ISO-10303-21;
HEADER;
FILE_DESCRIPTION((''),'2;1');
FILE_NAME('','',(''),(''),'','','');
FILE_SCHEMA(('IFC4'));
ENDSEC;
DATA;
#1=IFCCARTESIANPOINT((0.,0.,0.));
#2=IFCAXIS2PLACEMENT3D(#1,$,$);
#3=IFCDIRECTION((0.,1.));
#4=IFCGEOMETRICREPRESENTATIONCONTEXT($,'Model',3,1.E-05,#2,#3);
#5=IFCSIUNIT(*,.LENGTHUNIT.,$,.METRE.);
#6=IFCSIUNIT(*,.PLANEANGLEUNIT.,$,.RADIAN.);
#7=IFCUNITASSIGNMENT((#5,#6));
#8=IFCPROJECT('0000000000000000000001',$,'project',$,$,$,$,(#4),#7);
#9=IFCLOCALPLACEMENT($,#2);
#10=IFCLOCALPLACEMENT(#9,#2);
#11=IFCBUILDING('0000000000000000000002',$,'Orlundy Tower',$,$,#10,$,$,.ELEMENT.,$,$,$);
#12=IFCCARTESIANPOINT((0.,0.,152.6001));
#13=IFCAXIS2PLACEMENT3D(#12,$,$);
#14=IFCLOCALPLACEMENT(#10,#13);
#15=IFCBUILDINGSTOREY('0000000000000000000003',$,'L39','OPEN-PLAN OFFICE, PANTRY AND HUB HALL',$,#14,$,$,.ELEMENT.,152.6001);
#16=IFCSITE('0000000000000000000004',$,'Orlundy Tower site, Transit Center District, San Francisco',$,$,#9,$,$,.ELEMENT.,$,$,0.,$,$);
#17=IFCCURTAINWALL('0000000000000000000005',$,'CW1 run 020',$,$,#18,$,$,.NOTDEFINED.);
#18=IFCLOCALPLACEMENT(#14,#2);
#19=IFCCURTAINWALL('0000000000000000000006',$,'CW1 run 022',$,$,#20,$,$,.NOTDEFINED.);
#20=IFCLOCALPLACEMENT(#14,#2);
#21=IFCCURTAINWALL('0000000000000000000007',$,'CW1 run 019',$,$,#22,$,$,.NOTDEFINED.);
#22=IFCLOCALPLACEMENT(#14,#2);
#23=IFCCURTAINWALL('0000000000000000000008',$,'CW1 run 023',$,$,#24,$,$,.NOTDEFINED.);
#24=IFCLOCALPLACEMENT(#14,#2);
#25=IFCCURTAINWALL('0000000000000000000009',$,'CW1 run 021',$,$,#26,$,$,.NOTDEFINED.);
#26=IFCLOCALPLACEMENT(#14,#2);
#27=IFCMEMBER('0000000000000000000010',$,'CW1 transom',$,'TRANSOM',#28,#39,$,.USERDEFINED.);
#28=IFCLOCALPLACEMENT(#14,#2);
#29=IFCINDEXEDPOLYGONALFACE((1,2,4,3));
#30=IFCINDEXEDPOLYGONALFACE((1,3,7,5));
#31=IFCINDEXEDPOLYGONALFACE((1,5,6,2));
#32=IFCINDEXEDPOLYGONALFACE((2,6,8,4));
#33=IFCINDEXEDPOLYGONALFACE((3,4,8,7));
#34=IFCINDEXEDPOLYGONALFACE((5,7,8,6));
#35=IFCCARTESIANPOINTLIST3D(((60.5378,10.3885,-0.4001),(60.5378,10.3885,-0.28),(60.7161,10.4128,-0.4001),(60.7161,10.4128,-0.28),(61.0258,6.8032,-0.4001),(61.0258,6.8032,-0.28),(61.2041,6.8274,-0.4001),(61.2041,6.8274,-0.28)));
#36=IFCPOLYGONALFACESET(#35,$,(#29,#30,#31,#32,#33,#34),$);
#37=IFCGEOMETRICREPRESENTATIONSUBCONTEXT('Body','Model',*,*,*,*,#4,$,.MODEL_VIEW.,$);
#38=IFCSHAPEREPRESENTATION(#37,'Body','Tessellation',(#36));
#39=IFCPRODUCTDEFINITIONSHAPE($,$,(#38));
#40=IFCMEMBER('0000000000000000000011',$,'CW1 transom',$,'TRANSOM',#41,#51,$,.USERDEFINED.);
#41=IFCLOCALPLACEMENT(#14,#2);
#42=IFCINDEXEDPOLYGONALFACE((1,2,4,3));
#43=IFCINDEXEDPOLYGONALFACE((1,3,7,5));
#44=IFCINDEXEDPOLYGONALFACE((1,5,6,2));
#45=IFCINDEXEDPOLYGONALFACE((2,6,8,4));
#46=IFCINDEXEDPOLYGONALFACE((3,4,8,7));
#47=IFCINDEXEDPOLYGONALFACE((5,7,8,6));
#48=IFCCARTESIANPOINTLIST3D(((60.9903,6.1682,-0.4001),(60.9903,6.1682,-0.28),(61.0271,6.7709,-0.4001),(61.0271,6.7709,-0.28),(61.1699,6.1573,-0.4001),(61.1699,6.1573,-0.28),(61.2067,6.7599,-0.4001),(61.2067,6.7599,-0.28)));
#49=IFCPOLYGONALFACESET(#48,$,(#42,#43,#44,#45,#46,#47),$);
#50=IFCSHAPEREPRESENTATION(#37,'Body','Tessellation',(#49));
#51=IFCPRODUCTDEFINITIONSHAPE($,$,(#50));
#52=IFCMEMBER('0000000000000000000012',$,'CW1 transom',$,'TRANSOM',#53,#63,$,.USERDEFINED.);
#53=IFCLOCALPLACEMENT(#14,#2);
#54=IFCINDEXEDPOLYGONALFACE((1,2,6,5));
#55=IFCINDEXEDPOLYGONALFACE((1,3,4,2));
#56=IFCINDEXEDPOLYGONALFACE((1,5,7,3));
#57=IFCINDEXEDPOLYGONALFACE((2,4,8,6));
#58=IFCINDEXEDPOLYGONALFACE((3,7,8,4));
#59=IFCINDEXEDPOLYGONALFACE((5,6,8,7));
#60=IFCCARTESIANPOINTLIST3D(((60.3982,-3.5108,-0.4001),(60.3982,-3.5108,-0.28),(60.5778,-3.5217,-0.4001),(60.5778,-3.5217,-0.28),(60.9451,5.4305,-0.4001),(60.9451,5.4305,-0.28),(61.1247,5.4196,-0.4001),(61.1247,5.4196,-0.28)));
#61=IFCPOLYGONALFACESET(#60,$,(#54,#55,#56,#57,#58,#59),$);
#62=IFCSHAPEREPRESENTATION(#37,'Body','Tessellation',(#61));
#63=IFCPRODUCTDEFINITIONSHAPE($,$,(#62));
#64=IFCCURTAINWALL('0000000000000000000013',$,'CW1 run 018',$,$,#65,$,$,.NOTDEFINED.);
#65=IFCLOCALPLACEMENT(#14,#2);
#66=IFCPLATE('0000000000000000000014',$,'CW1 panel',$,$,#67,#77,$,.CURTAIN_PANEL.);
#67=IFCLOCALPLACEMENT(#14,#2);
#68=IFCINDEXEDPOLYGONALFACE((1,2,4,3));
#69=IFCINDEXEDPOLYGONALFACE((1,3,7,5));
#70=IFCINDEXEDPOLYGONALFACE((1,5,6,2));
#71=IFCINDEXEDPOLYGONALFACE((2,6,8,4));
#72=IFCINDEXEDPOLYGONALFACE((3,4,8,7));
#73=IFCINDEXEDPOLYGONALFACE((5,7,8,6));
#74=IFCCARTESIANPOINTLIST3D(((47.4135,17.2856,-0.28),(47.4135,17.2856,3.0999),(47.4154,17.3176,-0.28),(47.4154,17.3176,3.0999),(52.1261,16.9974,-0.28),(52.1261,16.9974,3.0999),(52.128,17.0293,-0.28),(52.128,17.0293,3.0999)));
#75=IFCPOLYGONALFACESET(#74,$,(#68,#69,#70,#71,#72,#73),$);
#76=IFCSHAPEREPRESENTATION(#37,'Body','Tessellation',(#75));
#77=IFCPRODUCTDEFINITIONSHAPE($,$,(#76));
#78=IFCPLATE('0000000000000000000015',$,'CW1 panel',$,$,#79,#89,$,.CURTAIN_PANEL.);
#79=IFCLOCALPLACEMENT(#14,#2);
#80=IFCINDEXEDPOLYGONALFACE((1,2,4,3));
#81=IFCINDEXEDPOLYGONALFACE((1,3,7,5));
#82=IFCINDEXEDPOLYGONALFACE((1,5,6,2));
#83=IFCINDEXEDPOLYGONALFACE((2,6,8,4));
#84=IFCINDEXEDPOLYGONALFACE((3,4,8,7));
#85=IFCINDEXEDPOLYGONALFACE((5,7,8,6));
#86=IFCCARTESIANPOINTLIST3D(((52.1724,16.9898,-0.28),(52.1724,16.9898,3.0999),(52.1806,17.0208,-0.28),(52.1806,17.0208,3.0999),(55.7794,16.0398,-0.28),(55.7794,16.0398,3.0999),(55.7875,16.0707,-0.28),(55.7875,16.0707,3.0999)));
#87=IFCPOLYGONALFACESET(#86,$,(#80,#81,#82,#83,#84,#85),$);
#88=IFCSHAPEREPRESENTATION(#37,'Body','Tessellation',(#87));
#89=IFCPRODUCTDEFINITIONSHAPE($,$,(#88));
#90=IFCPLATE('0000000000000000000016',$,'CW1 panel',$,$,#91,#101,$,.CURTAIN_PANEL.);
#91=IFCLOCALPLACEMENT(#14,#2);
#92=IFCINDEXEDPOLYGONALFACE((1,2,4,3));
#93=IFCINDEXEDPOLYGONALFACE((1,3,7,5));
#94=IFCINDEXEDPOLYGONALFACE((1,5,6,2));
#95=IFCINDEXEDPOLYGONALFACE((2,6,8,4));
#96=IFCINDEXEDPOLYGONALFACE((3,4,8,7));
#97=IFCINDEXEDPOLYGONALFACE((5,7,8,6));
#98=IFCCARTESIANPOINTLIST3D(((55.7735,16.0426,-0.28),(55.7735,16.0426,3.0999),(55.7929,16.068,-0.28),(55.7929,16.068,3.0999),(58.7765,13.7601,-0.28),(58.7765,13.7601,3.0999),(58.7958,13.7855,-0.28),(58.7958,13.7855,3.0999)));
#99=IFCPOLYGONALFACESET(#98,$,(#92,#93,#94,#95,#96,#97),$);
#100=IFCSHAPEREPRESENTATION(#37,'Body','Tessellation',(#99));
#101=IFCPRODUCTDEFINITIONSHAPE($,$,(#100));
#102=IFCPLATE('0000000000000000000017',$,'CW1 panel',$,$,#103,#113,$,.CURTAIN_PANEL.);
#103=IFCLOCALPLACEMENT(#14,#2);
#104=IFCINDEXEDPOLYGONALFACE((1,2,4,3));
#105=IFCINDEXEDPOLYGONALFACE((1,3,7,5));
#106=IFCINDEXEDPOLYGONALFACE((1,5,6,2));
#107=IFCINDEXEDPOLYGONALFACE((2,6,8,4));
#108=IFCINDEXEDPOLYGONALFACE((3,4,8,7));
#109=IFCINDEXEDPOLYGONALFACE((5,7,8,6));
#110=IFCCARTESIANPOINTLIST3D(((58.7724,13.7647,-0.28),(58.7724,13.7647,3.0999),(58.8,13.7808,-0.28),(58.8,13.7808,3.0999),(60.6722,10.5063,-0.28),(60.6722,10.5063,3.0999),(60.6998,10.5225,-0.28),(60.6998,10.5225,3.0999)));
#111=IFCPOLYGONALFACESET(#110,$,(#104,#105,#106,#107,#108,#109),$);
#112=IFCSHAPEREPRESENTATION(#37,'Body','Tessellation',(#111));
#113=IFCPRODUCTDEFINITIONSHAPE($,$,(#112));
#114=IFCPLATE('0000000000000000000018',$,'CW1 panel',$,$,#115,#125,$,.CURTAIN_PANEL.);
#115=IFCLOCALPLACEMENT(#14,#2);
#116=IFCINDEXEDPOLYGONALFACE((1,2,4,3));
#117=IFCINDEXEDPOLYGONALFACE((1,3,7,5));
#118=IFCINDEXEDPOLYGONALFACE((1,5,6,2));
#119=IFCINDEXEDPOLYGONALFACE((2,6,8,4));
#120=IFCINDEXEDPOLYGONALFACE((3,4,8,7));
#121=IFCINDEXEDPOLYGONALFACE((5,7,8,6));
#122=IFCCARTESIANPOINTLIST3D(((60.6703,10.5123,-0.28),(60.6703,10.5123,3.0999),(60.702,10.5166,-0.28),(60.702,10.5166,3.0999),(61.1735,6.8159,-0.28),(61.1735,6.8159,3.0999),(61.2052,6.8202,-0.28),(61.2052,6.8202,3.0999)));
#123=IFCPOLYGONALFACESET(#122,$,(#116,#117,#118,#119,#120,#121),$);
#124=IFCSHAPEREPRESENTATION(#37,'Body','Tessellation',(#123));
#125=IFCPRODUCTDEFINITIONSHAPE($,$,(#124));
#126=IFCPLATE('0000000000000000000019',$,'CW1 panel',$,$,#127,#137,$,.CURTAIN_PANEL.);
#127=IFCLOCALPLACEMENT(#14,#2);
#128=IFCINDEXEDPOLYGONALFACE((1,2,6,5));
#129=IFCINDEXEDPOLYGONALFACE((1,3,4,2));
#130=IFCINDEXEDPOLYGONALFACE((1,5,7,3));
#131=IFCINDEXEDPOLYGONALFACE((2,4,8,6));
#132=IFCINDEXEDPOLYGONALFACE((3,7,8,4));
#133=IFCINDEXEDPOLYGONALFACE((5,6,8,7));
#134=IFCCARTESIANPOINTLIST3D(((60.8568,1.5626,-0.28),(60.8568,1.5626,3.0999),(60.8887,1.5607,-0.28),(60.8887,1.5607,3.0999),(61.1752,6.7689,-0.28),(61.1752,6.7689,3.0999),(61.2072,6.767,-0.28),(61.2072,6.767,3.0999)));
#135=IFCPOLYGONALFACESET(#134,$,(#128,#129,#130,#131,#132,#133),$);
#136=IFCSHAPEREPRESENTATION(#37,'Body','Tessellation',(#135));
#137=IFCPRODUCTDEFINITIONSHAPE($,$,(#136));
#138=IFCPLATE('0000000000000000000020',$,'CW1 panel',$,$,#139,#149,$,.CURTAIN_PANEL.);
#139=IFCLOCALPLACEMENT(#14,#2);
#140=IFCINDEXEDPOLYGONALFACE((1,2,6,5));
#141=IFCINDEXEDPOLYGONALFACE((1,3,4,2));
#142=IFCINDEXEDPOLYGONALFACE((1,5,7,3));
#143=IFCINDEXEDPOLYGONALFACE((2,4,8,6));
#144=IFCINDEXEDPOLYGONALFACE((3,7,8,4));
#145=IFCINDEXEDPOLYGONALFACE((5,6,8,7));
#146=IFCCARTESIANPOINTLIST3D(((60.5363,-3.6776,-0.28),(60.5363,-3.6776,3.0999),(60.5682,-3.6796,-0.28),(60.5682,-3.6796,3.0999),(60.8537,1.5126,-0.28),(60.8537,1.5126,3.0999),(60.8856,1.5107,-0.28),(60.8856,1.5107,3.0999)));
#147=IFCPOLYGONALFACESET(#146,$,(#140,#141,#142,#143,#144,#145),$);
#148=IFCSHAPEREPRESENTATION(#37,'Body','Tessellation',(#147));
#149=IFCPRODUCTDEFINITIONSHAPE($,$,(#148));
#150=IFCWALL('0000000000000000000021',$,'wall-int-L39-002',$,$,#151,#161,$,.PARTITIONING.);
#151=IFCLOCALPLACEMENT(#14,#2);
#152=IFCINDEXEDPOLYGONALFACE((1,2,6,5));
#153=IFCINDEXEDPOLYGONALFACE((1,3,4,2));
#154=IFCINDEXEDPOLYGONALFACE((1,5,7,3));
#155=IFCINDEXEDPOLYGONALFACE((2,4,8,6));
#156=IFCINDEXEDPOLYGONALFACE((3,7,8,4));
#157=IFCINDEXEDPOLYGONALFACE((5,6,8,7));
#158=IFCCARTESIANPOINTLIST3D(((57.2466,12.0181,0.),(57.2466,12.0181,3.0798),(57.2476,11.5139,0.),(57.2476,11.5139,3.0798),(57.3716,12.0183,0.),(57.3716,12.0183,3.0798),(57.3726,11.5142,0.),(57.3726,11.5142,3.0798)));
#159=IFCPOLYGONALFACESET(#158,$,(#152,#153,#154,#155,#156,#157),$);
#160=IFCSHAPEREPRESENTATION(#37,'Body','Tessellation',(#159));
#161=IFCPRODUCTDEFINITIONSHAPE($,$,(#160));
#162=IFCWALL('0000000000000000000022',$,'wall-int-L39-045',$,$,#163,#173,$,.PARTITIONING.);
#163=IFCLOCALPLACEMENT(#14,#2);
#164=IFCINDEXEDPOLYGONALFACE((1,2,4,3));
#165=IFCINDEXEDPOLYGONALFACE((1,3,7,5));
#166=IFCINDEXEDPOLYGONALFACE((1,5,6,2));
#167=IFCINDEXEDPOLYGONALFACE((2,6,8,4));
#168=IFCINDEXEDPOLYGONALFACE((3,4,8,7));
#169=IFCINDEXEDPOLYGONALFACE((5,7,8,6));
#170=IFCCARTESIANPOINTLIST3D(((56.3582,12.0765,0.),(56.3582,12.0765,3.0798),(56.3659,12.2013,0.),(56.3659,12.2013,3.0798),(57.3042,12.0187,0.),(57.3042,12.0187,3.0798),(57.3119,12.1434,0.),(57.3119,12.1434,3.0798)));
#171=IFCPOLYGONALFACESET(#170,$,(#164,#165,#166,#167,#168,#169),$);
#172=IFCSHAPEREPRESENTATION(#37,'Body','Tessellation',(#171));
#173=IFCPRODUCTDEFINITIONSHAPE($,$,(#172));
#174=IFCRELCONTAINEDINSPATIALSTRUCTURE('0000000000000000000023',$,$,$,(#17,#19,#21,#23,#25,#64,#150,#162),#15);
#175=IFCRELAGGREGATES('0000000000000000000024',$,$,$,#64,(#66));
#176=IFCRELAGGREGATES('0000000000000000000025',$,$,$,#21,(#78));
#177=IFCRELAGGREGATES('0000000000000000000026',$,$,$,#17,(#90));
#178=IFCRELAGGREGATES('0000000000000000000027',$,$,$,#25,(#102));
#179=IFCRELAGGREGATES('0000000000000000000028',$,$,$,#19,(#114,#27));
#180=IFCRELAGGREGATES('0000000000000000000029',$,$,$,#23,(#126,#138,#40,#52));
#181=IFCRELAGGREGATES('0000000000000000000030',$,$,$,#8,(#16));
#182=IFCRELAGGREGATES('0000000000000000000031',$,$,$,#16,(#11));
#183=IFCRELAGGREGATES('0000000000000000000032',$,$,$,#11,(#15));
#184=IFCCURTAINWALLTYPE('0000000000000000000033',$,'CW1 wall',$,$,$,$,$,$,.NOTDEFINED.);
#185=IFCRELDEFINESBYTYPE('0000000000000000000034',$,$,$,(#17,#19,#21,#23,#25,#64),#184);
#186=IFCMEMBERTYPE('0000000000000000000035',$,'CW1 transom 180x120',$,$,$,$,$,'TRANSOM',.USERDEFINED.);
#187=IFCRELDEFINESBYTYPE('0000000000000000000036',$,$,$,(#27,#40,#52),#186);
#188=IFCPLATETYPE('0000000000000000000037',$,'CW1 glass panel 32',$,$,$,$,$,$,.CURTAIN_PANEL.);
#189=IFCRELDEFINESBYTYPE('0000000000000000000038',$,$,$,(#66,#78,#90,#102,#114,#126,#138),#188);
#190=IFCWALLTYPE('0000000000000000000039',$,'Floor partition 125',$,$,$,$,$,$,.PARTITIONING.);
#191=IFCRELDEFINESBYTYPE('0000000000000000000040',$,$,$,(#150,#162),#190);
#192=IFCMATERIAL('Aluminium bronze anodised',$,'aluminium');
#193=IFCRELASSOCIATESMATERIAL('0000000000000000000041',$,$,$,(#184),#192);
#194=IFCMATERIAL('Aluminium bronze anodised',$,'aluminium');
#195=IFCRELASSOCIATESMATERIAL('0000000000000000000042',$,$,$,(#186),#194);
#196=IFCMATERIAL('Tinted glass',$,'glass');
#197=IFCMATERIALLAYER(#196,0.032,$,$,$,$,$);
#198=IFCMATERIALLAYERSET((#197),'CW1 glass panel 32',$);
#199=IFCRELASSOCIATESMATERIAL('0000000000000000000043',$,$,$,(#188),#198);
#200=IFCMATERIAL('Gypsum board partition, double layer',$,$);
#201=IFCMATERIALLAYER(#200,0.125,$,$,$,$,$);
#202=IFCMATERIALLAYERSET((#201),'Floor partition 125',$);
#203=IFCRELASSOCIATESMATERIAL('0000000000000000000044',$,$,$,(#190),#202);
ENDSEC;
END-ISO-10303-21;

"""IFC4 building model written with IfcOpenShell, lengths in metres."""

from ifc_helpers import new_model, si_unit, direction, frame, frame_2d, origin, origin_2d, place, context, subcontext, project, spatial, rectangle, extrude, material, layer, layer_set, material_profile, profile_set, type_object, element, aggregate, save


model = new_model("IFC4")

# Units and contexts
model_context = context("Model", 3, precision=1e-05, world=origin(), true_north=direction((0.0, 1.0)))
body_context = subcontext(model_context, "Body", "Model", "MODEL_VIEW")
ifc_project = project(units=[si_unit("LENGTHUNIT", "METRE"), si_unit("PLANEANGLEUNIT", "RADIAN")], contexts=[model_context])

# Site, building, storey
site_placement = place(None, origin())
site = spatial("IfcSite", under=ifc_project, at=site_placement, Name="Orlundy Tower site, Transit Center District, San Francisco", CompositionType="ELEMENT", RefElevation=0.0)
building_placement = place(site_placement, origin())
building = spatial("IfcBuilding", under=site, at=building_placement, Name="Orlundy Tower", CompositionType="ELEMENT")
storey_placement = place(building_placement, frame((0.0, 0.0, 152.6001)))
storey = spatial("IfcBuildingStorey", under=building, at=storey_placement, Name="L39", Description="OPEN-PLAN OFFICE, PANTRY AND HUB HALL", CompositionType="ELEMENT", Elevation=152.6001)

# Curtain walls
ifc_material_1 = material(Name="Aluminium bronze anodised", Category="aluminium")
curtain_wall_type = type_object("IfcCurtainWallType", Name="CW1 wall", PredefinedType="NOTDEFINED", material=ifc_material_1)
curtain_wall_1_placement = place(storey_placement, origin())
curtain_wall_1 = element("IfcCurtainWall", 1, at=curtain_wall_1_placement, inside=storey, type_object=curtain_wall_type, Name="CW1 run 020", PredefinedType="NOTDEFINED")
curtain_wall_2_placement = place(storey_placement, origin())
curtain_wall_2 = element("IfcCurtainWall", 2, at=curtain_wall_2_placement, inside=storey, type_object=curtain_wall_type, Name="CW1 run 022", PredefinedType="NOTDEFINED")
curtain_wall_3_placement = place(storey_placement, origin())
curtain_wall_3 = element("IfcCurtainWall", 3, at=curtain_wall_3_placement, inside=storey, type_object=curtain_wall_type, Name="CW1 run 019", PredefinedType="NOTDEFINED")

# Curtain wall
curtain_wall_4_placement = place(storey_placement, origin())
curtain_wall_4 = element("IfcCurtainWall", 4, at=curtain_wall_4_placement, inside=storey, type_object=curtain_wall_type, Name="CW1 run 023", PredefinedType="NOTDEFINED")

# Shared definitions
ifc_material_2 = material(Name="Aluminium bronze anodised", Category="aluminium")
ifc_material_profile_1 = material_profile(ifc_material_2, rectangle(XDim=0.1799, YDim=0.1201, at=origin_2d()), Name="CW1 transom 180x120")
ifc_profile_set_1 = profile_set([ifc_material_profile_1], Name="Aluminium bronze anodised")
member_type_1 = type_object("IfcMemberType", Name="CW1 transom 180x120", ElementType="TRANSOM", PredefinedType="USERDEFINED", material=ifc_profile_set_1)

# Curtain wall
curtain_wall_5_placement = place(storey_placement, origin())
curtain_wall_5 = element("IfcCurtainWall", 5, at=curtain_wall_5_placement, inside=storey, type_object=curtain_wall_type, Name="CW1 run 021", PredefinedType="NOTDEFINED")

# Members
member_1_placement = place(storey_placement, frame((60.627, 10.4006, -0.3401), z_axis=(0.134872, -0.990863, 0.0), x_axis=(0.990863, 0.134872, 0.0)))
member_1 = element("IfcMember", 6, at=member_1_placement, type_object=member_type_1, Name="CW1 transom", ObjectType="TRANSOM", PredefinedType="USERDEFINED", context=body_context, shape_type="SweptSolid", body=[
    extrude(rectangle(XDim=0.1799, YDim=0.1201, at=origin_2d()), origin(), (0.0, 0.0, 1.0), 3.6184),
])
member_2_placement = place(storey_placement, frame((61.1169, 6.7654, -0.3401), z_axis=(-0.061069, -0.998134, 0.0), x_axis=(0.998134, -0.061069, 0.0)))
member_2 = element("IfcMember", 7, at=member_2_placement, type_object=member_type_1, Name="CW1 transom", ObjectType="TRANSOM", PredefinedType="USERDEFINED", context=body_context, shape_type="SweptSolid", body=[
    extrude(rectangle(XDim=0.1799, YDim=0.1201, at=origin_2d()), origin(), (0.0, 0.0, 1.0), 0.6038),
])
member_3_placement = place(storey_placement, frame((61.0349, 5.425, -0.3401), z_axis=(-0.061048, -0.998135, 0.0), x_axis=(0.998135, -0.061048, 0.0)))
member_3 = element("IfcMember", 8, at=member_3_placement, type_object=member_type_1, Name="CW1 transom", ObjectType="TRANSOM", PredefinedType="USERDEFINED", context=body_context, shape_type="SweptSolid", body=[
    extrude(rectangle(XDim=0.1799, YDim=0.1201, at=origin_2d()), origin(), (0.0, 0.0, 1.0), 8.958),
])

# Curtain wall, plate
curtain_wall_6_placement = place(storey_placement, origin())
curtain_wall_6 = element("IfcCurtainWall", 9, at=curtain_wall_6_placement, inside=storey, type_object=curtain_wall_type, Name="CW1 run 018", PredefinedType="NOTDEFINED")
ifc_material_3 = material(Name="Tinted glass", Category="glass")
ifc_layer_1 = layer(ifc_material_3, 0.032)
ifc_layer_set_1 = layer_set([ifc_layer_1], Name="CW1 glass panel 32")
plate_type = type_object("IfcPlateType", Name="CW1 glass panel 32", PredefinedType="CURTAIN_PANEL", material=ifc_layer_set_1)
plate_1_placement = place(storey_placement, frame((49.7708, 17.1575, -0.28), z_axis=(0.0, 0.0, 1.0), x_axis=(0.998134, -0.061054, 0.0)))
plate_1 = element("IfcPlate", 10, at=plate_1_placement, type_object=plate_type, Name="CW1 panel", PredefinedType="CURTAIN_PANEL", context=body_context, shape_type="SweptSolid", body=[
    extrude(rectangle(XDim=4.7214, YDim=0.032, at=origin_2d()), origin(), (0.0, 0.0, 1.0), 3.3799),
])
aggregate(curtain_wall_6, [plate_1])

# Plates
plate_2_placement = place(storey_placement, frame((53.98, 16.5303, -0.28), z_axis=(0.0, 0.0, 1.0), x_axis=(0.967019, -0.254706, 0.0)))
plate_2 = element("IfcPlate", 11, at=plate_2_placement, type_object=plate_type, Name="CW1 panel", PredefinedType="CURTAIN_PANEL", context=body_context, shape_type="SweptSolid", body=[
    extrude(rectangle(XDim=3.73, YDim=0.032, at=origin_2d()), origin(), (0.0, 0.0, 1.0), 3.3799),
])
aggregate(curtain_wall_3, [plate_2])
plate_3_placement = place(storey_placement, frame((57.2847, 14.9141, -0.28), z_axis=(0.0, 0.0, 1.0), x_axis=(0.796131, -0.605124, 0.0)))
plate_3 = element("IfcPlate", 12, at=plate_3_placement, type_object=plate_type, Name="CW1 panel", PredefinedType="CURTAIN_PANEL", context=body_context, shape_type="SweptSolid", body=[
    extrude(rectangle(XDim=3.772, YDim=0.032, at=origin_2d()), origin(), (0.0, 0.0, 1.0), 3.3799),
])
aggregate(curtain_wall_1, [plate_3])
plate_4_placement = place(storey_placement, frame((59.7361, 12.1436, -0.28), z_axis=(0.0, 0.0, 1.0), x_axis=(0.503703, -0.863877, 0.0)))
plate_4 = element("IfcPlate", 13, at=plate_4_placement, type_object=plate_type, Name="CW1 panel", PredefinedType="CURTAIN_PANEL", context=body_context, shape_type="SweptSolid", body=[
    extrude(rectangle(XDim=3.7717, YDim=0.032, at=origin_2d()), origin(), (0.0, 0.0, 1.0), 3.3799),
])
aggregate(curtain_wall_5, [plate_4])
plate_5_placement = place(storey_placement, frame((60.9377, 8.6663, -0.28), z_axis=(0.0, 0.0, 1.0), x_axis=(0.134884, -0.990861, 0.0)))
plate_5 = element("IfcPlate", 14, at=plate_5_placement, type_object=plate_type, Name="CW1 panel", PredefinedType="CURTAIN_PANEL", context=body_context, shape_type="SweptSolid", body=[
    extrude(rectangle(XDim=3.7305, YDim=0.032, at=origin_2d()), origin(), (0.0, 0.0, 1.0), 3.3799),
])
aggregate(curtain_wall_2, [plate_5, member_1])
plate_6_placement = place(storey_placement, frame((61.032, 4.1648, -0.28), z_axis=(0.0, 0.0, 1.0), x_axis=(-0.061047, -0.998135, 0.0)))
plate_6 = element("IfcPlate", 15, at=plate_6_placement, type_object=plate_type, Name="CW1 panel", PredefinedType="CURTAIN_PANEL", context=body_context, shape_type="SweptSolid", body=[
    extrude(rectangle(XDim=5.2161, YDim=0.032, at=origin_2d()), origin(), (0.0, 0.0, 1.0), 3.3799),
])
plate_7_placement = place(storey_placement, frame((60.7109, -1.0835, -0.28), z_axis=(0.0, 0.0, 1.0), x_axis=(-0.061047, -0.998135, 0.0)))
plate_7 = element("IfcPlate", 16, at=plate_7_placement, type_object=plate_type, Name="CW1 panel", PredefinedType="CURTAIN_PANEL", context=body_context, shape_type="SweptSolid", body=[
    extrude(rectangle(XDim=5.2, YDim=0.032, at=origin_2d()), origin(), (0.0, 0.0, 1.0), 3.3799),
])
aggregate(curtain_wall_4, [plate_6, plate_7, member_2, member_3])

# Walls
ifc_material_4 = material(Name="Gypsum board partition, double layer")
ifc_layer_2 = layer(ifc_material_4, 0.125)
ifc_layer_set_2 = layer_set([ifc_layer_2], Name="Floor partition 125")
wall_type = type_object("IfcWallType", Name="Floor partition 125", PredefinedType="PARTITIONING", material=ifc_layer_set_2)
wall_1_placement = place(storey_placement, frame((57.3091, 12.0181, 0.0), z_axis=(0.0, 0.0, 1.0), x_axis=(0.001937, -0.999998, 0.0)))
element("IfcWall", 17, at=wall_1_placement, inside=storey, type_object=wall_type, Name="wall-int-L39-002", PredefinedType="PARTITIONING", context=body_context, shape_type="SweptSolid", body=[
    extrude(rectangle(XDim=0.5042, YDim=0.125, at=frame_2d((0.252, 0.0))), origin(), (0.0, 0.0, 1.0), 3.0798),
])
wall_2_placement = place(storey_placement, frame((56.3621, 12.1389, 0.0), z_axis=(0.0, 0.0, 1.0), x_axis=(0.998135, -0.061047, 0.0)))
element("IfcWall", 18, at=wall_2_placement, inside=storey, type_object=wall_type, Name="wall-int-L39-045", PredefinedType="PARTITIONING", context=body_context, shape_type="SweptSolid", body=[
    extrude(rectangle(XDim=0.9478, YDim=0.125, at=frame_2d((0.4739, 0.0))), origin(), (0.0, 0.0, 1.0), 3.0798),
])

save(model, "model.ifc")
